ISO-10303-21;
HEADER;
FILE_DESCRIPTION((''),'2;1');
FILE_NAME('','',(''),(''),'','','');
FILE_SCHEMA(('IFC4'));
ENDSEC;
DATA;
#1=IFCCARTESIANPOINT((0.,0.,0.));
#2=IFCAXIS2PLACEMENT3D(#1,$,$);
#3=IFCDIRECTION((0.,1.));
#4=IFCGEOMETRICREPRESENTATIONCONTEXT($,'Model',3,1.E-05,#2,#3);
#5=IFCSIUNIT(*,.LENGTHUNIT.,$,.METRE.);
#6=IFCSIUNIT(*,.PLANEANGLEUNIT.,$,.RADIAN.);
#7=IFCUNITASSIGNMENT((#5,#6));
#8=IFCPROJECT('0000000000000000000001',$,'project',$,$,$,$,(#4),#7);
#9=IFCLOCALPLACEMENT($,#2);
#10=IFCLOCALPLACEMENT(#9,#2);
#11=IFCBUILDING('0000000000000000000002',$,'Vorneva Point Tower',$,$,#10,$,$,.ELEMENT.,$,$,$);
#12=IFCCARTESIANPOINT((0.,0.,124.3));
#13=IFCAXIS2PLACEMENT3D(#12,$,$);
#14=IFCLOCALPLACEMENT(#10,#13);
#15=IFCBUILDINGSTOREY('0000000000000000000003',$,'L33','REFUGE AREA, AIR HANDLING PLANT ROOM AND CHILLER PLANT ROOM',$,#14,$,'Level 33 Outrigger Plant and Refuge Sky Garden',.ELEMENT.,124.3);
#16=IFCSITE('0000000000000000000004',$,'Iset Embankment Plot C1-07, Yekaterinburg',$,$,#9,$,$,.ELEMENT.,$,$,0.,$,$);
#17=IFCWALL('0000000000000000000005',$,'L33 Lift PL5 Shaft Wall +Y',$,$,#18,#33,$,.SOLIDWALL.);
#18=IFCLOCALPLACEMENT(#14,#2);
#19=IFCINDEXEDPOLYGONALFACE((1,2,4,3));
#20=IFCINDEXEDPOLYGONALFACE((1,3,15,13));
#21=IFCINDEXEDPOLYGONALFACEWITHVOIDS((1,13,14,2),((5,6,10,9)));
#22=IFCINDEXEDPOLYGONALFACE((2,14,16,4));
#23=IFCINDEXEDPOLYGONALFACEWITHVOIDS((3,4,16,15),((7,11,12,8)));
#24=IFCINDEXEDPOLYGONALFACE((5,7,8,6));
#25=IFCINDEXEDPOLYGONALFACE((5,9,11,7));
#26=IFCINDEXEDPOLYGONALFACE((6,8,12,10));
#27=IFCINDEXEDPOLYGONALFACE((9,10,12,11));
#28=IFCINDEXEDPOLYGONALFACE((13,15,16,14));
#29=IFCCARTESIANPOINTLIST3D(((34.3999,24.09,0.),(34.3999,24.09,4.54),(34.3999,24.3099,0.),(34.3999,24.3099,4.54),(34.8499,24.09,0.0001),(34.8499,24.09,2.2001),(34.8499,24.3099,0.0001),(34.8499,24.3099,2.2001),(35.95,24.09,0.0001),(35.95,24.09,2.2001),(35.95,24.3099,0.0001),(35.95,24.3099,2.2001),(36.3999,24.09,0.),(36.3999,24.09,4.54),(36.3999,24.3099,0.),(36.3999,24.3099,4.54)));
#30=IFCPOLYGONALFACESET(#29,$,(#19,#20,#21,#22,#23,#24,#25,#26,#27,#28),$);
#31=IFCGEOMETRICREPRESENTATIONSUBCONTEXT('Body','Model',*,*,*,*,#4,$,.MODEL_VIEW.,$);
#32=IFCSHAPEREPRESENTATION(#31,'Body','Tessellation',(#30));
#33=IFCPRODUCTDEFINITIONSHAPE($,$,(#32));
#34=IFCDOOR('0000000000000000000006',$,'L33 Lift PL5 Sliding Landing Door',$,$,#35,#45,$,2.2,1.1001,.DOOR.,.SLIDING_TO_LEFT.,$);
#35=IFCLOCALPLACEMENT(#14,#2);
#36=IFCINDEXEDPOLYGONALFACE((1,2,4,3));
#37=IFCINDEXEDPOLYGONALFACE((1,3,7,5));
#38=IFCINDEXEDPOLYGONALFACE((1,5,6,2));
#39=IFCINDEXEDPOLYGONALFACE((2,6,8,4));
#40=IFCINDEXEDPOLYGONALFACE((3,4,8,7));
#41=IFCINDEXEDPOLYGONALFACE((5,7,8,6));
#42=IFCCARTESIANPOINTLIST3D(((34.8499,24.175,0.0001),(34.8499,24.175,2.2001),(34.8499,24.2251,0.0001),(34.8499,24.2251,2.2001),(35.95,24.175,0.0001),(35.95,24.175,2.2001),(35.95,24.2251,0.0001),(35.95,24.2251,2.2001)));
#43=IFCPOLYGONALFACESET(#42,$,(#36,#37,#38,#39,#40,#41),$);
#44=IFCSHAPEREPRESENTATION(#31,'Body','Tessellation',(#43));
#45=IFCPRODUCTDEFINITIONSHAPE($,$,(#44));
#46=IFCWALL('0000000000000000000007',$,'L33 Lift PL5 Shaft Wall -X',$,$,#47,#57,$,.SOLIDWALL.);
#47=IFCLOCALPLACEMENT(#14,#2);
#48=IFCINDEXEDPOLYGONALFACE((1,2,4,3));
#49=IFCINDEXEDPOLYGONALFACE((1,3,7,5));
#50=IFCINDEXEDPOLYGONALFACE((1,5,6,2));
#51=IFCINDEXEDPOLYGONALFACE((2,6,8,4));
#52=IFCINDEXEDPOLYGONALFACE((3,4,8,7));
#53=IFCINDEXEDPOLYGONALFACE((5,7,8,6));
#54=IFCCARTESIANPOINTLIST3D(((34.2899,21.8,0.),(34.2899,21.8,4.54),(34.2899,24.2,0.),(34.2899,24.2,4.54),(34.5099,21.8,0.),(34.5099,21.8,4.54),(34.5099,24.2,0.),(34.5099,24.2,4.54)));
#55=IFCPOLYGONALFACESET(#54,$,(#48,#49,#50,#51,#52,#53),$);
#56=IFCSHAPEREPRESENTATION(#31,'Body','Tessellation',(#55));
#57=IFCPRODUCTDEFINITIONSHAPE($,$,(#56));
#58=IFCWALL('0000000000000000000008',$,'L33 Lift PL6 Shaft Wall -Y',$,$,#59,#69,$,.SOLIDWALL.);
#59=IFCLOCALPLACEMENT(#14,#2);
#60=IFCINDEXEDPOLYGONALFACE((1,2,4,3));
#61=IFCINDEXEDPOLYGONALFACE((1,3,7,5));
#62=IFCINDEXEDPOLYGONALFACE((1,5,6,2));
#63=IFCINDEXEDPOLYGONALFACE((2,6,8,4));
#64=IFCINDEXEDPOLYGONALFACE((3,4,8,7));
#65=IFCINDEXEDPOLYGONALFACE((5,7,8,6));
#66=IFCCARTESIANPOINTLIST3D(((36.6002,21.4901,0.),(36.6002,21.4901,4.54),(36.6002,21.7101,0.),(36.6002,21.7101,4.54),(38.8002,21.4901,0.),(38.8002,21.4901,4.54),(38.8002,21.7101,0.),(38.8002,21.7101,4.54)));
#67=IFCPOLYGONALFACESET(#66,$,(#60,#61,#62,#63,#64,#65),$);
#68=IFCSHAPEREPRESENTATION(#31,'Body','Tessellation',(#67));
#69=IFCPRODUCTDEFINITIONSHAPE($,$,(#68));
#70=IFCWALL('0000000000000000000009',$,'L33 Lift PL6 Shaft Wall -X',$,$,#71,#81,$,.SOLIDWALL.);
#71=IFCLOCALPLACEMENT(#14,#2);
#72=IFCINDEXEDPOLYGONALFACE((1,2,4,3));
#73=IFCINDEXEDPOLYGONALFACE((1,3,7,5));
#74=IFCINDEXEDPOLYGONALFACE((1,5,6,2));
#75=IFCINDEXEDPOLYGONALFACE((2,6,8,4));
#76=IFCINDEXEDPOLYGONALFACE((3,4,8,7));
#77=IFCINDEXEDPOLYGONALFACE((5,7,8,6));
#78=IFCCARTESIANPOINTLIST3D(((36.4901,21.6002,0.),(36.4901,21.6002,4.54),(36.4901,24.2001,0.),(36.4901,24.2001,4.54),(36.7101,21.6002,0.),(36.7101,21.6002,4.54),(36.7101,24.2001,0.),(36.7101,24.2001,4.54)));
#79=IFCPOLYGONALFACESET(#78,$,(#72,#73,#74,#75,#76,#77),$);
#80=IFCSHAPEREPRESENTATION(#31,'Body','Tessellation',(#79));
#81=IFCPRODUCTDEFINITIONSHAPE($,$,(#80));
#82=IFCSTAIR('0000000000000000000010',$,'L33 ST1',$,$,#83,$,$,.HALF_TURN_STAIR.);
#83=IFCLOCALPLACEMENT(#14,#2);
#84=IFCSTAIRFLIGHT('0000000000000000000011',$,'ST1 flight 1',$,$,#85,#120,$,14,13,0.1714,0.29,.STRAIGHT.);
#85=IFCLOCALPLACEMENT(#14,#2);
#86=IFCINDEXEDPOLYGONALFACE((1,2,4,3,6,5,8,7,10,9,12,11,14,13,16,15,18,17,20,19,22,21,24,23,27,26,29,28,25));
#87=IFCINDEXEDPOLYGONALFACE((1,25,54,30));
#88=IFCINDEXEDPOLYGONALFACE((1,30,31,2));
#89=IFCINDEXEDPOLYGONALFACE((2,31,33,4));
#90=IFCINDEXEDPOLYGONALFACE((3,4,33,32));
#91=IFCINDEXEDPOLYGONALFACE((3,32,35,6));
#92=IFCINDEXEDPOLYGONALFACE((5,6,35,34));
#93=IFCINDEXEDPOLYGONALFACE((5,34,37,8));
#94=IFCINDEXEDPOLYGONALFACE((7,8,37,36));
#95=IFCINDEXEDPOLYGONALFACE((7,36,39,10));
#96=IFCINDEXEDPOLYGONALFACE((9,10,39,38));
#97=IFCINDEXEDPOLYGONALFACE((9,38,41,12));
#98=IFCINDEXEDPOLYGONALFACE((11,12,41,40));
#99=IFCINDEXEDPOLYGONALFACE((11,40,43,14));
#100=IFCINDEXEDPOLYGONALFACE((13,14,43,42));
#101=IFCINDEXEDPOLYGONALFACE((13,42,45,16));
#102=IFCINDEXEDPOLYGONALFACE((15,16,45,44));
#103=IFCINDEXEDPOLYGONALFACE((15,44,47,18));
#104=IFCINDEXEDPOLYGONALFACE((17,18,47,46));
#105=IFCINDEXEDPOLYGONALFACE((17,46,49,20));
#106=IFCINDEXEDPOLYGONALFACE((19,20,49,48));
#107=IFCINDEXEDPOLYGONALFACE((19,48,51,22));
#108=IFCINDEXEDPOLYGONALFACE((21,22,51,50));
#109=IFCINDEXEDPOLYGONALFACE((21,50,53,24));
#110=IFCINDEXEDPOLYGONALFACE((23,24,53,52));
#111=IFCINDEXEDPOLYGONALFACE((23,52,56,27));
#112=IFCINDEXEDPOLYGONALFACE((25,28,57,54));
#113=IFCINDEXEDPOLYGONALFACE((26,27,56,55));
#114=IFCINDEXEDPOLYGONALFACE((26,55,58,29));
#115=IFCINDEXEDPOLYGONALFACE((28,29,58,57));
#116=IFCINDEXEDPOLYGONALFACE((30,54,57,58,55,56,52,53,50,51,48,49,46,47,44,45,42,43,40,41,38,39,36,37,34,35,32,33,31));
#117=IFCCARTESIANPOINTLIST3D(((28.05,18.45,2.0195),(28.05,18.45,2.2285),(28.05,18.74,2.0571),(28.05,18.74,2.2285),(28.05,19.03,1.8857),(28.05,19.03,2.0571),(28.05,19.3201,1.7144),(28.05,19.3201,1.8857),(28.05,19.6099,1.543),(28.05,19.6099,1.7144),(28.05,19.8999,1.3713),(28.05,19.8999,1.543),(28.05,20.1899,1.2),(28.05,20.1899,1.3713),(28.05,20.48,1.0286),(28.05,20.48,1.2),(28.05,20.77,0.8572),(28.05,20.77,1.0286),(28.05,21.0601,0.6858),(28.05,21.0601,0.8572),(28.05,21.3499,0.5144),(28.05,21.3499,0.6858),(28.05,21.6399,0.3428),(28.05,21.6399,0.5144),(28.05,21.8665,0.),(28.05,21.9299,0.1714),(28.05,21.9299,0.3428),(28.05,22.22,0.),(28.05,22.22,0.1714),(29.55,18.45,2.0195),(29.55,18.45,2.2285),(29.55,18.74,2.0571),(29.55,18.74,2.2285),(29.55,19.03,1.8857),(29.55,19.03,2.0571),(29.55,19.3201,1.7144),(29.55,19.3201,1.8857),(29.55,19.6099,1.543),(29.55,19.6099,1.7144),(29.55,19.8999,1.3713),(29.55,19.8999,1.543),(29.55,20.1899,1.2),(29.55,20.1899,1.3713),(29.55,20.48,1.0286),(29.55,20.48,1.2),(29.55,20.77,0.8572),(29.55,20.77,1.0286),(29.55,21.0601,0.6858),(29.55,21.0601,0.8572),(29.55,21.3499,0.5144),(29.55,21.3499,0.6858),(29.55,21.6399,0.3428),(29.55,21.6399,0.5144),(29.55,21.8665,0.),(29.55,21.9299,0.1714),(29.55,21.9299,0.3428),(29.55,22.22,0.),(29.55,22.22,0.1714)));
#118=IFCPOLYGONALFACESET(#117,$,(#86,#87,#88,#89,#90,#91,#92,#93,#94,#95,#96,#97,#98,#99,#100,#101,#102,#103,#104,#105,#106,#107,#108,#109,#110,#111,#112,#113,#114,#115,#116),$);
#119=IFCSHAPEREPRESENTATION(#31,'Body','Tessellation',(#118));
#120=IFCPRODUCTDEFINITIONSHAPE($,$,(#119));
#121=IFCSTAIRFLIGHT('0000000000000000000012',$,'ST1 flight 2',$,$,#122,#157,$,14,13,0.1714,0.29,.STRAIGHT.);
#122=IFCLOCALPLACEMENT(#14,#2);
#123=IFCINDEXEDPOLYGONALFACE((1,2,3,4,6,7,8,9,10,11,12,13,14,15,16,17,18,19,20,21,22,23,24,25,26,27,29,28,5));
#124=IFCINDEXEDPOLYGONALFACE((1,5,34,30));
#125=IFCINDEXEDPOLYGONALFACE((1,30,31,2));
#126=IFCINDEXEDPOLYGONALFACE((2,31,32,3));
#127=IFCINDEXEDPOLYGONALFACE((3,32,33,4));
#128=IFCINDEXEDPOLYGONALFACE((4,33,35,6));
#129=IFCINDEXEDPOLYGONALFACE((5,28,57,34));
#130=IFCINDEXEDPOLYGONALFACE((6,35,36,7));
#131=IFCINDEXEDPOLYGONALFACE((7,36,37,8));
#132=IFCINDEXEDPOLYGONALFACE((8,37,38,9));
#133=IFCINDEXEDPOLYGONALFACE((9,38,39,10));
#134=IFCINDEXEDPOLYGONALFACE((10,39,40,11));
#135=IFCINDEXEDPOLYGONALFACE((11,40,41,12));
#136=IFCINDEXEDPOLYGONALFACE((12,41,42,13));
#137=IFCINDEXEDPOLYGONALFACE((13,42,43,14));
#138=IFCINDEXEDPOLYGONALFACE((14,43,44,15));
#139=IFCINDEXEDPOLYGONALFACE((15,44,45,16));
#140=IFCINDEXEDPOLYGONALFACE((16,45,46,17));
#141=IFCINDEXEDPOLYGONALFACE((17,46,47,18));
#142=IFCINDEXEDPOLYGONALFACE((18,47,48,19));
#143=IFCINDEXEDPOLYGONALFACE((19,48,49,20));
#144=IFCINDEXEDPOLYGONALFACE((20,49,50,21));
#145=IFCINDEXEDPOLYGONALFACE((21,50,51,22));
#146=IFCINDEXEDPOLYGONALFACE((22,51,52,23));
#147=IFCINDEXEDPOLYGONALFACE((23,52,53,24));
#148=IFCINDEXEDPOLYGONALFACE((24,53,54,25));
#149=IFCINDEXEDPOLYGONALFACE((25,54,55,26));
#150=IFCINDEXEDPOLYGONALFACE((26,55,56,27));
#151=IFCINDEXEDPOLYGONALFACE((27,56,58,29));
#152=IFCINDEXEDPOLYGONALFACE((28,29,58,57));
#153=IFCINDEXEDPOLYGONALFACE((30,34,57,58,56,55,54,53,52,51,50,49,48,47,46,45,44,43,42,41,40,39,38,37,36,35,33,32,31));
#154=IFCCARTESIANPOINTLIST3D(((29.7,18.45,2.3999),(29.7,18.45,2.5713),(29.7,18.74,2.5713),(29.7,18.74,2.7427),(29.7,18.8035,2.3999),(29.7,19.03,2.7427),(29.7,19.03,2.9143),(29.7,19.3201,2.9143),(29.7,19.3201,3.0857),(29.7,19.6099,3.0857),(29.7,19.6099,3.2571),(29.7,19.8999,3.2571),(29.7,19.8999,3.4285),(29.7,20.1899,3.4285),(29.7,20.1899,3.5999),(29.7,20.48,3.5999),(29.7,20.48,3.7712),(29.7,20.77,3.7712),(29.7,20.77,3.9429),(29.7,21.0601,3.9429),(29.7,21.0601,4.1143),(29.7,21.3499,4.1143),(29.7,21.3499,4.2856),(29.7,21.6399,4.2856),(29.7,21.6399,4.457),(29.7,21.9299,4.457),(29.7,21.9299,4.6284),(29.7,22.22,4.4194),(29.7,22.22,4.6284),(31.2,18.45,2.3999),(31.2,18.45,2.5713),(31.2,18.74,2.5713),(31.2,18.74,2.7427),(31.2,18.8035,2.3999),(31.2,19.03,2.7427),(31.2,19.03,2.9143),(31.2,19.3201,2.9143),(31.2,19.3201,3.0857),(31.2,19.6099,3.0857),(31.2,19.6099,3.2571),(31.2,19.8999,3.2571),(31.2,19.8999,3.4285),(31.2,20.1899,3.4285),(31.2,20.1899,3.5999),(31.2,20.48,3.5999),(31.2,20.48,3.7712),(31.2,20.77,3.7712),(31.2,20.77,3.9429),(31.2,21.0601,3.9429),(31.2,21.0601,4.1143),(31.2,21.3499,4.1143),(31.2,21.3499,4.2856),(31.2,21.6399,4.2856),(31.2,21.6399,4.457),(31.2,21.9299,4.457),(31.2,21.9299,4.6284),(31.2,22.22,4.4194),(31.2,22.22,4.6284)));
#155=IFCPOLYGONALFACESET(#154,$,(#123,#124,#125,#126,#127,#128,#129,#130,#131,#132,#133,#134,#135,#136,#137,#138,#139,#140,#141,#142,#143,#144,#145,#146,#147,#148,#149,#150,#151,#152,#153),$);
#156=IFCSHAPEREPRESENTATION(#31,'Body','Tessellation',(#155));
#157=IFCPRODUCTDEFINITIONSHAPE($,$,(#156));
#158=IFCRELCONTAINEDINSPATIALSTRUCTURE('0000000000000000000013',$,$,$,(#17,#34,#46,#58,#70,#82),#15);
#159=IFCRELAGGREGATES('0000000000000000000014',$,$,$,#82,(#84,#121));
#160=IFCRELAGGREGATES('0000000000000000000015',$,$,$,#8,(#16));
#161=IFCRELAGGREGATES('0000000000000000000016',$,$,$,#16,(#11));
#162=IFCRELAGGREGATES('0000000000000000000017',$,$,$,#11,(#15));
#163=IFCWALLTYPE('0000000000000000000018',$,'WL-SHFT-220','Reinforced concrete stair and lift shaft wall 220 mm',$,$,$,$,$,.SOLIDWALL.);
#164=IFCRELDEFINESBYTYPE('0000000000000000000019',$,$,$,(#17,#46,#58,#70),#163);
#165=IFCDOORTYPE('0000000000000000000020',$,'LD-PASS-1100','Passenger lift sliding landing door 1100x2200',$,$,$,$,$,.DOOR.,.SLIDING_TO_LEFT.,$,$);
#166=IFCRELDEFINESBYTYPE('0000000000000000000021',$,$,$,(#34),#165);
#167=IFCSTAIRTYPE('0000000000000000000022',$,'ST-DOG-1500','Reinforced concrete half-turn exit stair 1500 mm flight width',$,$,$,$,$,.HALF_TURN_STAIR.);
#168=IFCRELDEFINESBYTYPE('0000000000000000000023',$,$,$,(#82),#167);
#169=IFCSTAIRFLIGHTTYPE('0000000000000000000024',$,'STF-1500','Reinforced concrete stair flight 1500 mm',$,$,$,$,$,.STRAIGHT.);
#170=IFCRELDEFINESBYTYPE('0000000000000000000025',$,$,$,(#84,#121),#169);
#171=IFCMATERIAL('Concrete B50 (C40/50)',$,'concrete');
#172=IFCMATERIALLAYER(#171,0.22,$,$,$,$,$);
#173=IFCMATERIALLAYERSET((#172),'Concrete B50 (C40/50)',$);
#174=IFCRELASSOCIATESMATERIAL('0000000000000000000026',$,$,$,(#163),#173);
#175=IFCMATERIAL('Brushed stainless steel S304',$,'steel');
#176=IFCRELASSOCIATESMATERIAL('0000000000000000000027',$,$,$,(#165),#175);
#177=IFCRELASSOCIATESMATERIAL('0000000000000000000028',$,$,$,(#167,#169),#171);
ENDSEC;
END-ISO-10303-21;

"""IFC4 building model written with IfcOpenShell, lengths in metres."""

from ifc_helpers import new_model, si_unit, direction, frame, frame_2d, origin, place, context, subcontext, project, spatial, polyline, rectangle, outline, extrude, material, layer, layer_set, type_object, element, fill, aggregate, save


model = new_model("IFC4")

# Units and contexts
model_context = context("Model", 3, precision=1e-05, world=origin(), true_north=direction((0.0, 1.0)))
body_context = subcontext(model_context, "Body", "Model", "MODEL_VIEW")
ifc_project = project(units=[si_unit("LENGTHUNIT", "METRE"), si_unit("PLANEANGLEUNIT", "RADIAN")], contexts=[model_context])

# Site, building, storey
site_placement = place(None, origin())
site = spatial("IfcSite", under=ifc_project, at=site_placement, Name="Iset Embankment Plot C1-07, Yekaterinburg", CompositionType="ELEMENT", RefElevation=0.0)
building_placement = place(site_placement, origin())
building = spatial("IfcBuilding", under=site, at=building_placement, Name="Vorneva Point Tower", CompositionType="ELEMENT")
storey_placement = place(building_placement, frame((0.0, 0.0, 124.3)))
storey = spatial("IfcBuildingStorey", under=building, at=storey_placement, Name="L33", Description="REFUGE AREA, AIR HANDLING PLANT ROOM AND CHILLER PLANT ROOM", LongName="Level 33 Outrigger Plant and Refuge Sky Garden", CompositionType="ELEMENT", Elevation=124.3)

# Shared definitions
ifc_material_1 = material(Name="Concrete B50 (C40/50)", Category="concrete")
ifc_layer_1 = layer(ifc_material_1, 0.22)
ifc_layer_set_1 = layer_set([ifc_layer_1], Name="Concrete B50 (C40/50)")
wall_type_1 = type_object("IfcWallType", Name="WL-SHFT-220", Description="Reinforced concrete stair and lift shaft wall 220 mm", PredefinedType="SOLIDWALL", material=ifc_layer_set_1)

# Shared definitions
ifc_material_2 = material(Name="Brushed stainless steel S304", Category="steel")
door_type_1 = type_object("IfcDoorType", Name="LD-PASS-1100", Description="Passenger lift sliding landing door 1100x2200", OperationType="SLIDING_TO_LEFT", PredefinedType="DOOR", material=ifc_material_2)

# Wall, opening, door
wall_1_placement = place(storey_placement, frame((36.3999, 24.2, 0.0), z_axis=(0.0, 0.0, 1.0), x_axis=(-1.0, 0.0, 0.0)))
wall_1 = element("IfcWall", 1, at=wall_1_placement, inside=storey, type_object=wall_type_1, Name="L33 Lift PL5 Shaft Wall +Y", PredefinedType="SOLIDWALL", context=body_context, shape_type="SweptSolid", body=[
    extrude(rectangle(XDim=2.0, YDim=0.22, at=frame_2d((1.0, 0.0))), origin(), (0.0, 0.0, 1.0), 4.54),
])
opening_1_placement = place(wall_1_placement, frame((0.45, 0.0, 0.0)))
opening_1 = element("IfcOpeningElement", 2, at=opening_1_placement, cuts=wall_1, PredefinedType="OPENING", context=body_context, shape_type="SweptSolid", body=[
    extrude(rectangle(XDim=1.1001, YDim=2.2, at=frame_2d((0.55, 1.1001))), frame((0.0, 0.125, 0.0), z_axis=(0.0, -1.0, 0.0), x_axis=(1.0, 0.0, 0.0)), (0.0, 0.0, 1.0), 0.2498),
])
door_1_placement = place(opening_1_placement, origin())
door_1 = element("IfcDoor", 3, at=door_1_placement, inside=storey, type_object=door_type_1, Name="L33 Lift PL5 Sliding Landing Door", OperationType="SLIDING_TO_LEFT", OverallHeight=2.2, OverallWidth=1.1001, PredefinedType="DOOR", context=body_context, shape_type="SweptSolid", body=[
    extrude(rectangle(XDim=1.1001, YDim=2.2, at=frame_2d((0.55, 1.1001))), frame((0.0, 0.0249, 0.0), z_axis=(0.0, -1.0, 0.0), x_axis=(1.0, 0.0, 0.0)), (0.0, 0.0, 1.0), 0.05),
])
fill(opening_1, door_1)

# Walls
wall_2_placement = place(storey_placement, frame((34.3999, 24.2, 0.0), z_axis=(0.0, 0.0, 1.0), x_axis=(0.0, -1.0, 0.0)))
element("IfcWall", 4, at=wall_2_placement, inside=storey, type_object=wall_type_1, Name="L33 Lift PL5 Shaft Wall -X", PredefinedType="SOLIDWALL", context=body_context, shape_type="SweptSolid", body=[
    extrude(rectangle(XDim=2.3999, YDim=0.22, at=frame_2d((1.2, 0.0))), origin(), (0.0, 0.0, 1.0), 4.54),
])
wall_3_placement = place(storey_placement, frame((36.6001, 21.6001, 0.0), z_axis=(0.0, 0.0, 1.0), x_axis=(1.0, 0.0, 0.0)))
element("IfcWall", 5, at=wall_3_placement, inside=storey, type_object=wall_type_1, Name="L33 Lift PL6 Shaft Wall -Y", PredefinedType="SOLIDWALL", context=body_context, shape_type="SweptSolid", body=[
    extrude(rectangle(XDim=2.2, YDim=0.22, at=frame_2d((1.1001, 0.0))), origin(), (0.0, 0.0, 1.0), 4.54),
])
wall_4_placement = place(storey_placement, frame((36.6001, 24.2, 0.0), z_axis=(0.0, 0.0, 1.0), x_axis=(0.0, -1.0, 0.0)))
element("IfcWall", 6, at=wall_4_placement, inside=storey, type_object=wall_type_1, Name="L33 Lift PL6 Shaft Wall -X", PredefinedType="SOLIDWALL", context=body_context, shape_type="SweptSolid", body=[
    extrude(rectangle(XDim=2.5999, YDim=0.22, at=frame_2d((1.2998, 0.0))), origin(), (0.0, 0.0, 1.0), 4.54),
])

# Stair, stair flights
stair_type = type_object("IfcStairType", Name="ST-DOG-1500", Description="Reinforced concrete half-turn exit stair 1500 mm flight width", PredefinedType="HALF_TURN_STAIR", material=ifc_material_1)
stair_placement = place(storey_placement, origin())
stair = element("IfcStair", 7, at=stair_placement, inside=storey, type_object=stair_type, Name="L33 ST1", PredefinedType="HALF_TURN_STAIR")
stair_flight_type = type_object("IfcStairFlightType", Name="STF-1500", Description="Reinforced concrete stair flight 1500 mm", PredefinedType="STRAIGHT", material=ifc_material_1)
stair_flight_1_placement = place(storey_placement, frame((28.8, 22.22, 0.0), z_axis=(0.0, 0.0, 1.0), x_axis=(0.0, -1.0, 0.0)))
stair_flight_1 = element("IfcStairFlight", 8, at=stair_flight_1_placement, type_object=stair_flight_type, Name="ST1 flight 1", NumberOfRisers=14, NumberOfTreads=13, PredefinedType="STRAIGHT", RiserHeight=0.1714, TreadLength=0.29, context=body_context, shape_type="SweptSolid", body=[
    extrude(outline(polyline([(0.0, 0.0), (0.0, 0.1714), (0.29, 0.1714), (0.29, 0.3428), (0.5801, 0.3428), (0.5801, 0.5144), (0.8701, 0.5144), (0.8701, 0.6858), (1.1599, 0.6858), (1.1599, 0.8572), (1.45, 0.8572), (1.45, 1.0286), (1.74, 1.0286), (1.74, 1.2), (2.03, 1.2), (2.03, 1.3713), (2.3201, 1.3713), (2.3201, 1.543), (2.6101, 1.543), (2.6101, 1.7144), (2.8999, 1.7144), (2.8999, 1.8857), (3.1899, 1.8857), (3.1899, 2.0571), (3.48, 2.0571), (3.48, 2.2285), (3.77, 2.2285), (3.77, 2.3999), (3.77, 2.0195), (0.3535, 0.0), (0.0, 0.0)])), frame((0.0, 0.75, 0.0), z_axis=(0.0, -1.0, 0.0), x_axis=(1.0, 0.0, 0.0)), (0.0, 0.0, 1.0), 1.5),
])
stair_flight_2_placement = place(storey_placement, frame((30.45, 18.45, 2.3999), z_axis=(0.0, 0.0, 1.0), x_axis=(0.0, 1.0, 0.0)))
stair_flight_2 = element("IfcStairFlight", 9, at=stair_flight_2_placement, type_object=stair_flight_type, Name="ST1 flight 2", NumberOfRisers=14, NumberOfTreads=13, PredefinedType="STRAIGHT", RiserHeight=0.1714, TreadLength=0.29, context=body_context, shape_type="SweptSolid", body=[
    extrude(outline(polyline([(0.0, 0.0), (0.0, 0.1714), (0.29, 0.1714), (0.29, 0.3428), (0.5801, 0.3428), (0.5801, 0.5144), (0.8701, 0.5144), (0.8701, 0.6858), (1.1599, 0.6858), (1.1599, 0.8572), (1.45, 0.8572), (1.45, 1.0286), (1.74, 1.0286), (1.74, 1.2), (2.03, 1.2), (2.03, 1.3713), (2.3201, 1.3713), (2.3201, 1.543), (2.6101, 1.543), (2.6101, 1.7144), (2.8999, 1.7144), (2.8999, 1.8857), (3.1899, 1.8857), (3.1899, 2.0571), (3.48, 2.0571), (3.48, 2.2285), (3.77, 2.2285), (3.77, 2.3999), (3.77, 2.0195), (0.3535, 0.0), (0.0, 0.0)])), frame((0.0, 0.75, 0.0), z_axis=(0.0, -1.0, 0.0), x_axis=(1.0, 0.0, 0.0)), (0.0, 0.0, 1.0), 1.5),
])
aggregate(stair, [stair_flight_1, stair_flight_2])

save(model, "model.ifc")
